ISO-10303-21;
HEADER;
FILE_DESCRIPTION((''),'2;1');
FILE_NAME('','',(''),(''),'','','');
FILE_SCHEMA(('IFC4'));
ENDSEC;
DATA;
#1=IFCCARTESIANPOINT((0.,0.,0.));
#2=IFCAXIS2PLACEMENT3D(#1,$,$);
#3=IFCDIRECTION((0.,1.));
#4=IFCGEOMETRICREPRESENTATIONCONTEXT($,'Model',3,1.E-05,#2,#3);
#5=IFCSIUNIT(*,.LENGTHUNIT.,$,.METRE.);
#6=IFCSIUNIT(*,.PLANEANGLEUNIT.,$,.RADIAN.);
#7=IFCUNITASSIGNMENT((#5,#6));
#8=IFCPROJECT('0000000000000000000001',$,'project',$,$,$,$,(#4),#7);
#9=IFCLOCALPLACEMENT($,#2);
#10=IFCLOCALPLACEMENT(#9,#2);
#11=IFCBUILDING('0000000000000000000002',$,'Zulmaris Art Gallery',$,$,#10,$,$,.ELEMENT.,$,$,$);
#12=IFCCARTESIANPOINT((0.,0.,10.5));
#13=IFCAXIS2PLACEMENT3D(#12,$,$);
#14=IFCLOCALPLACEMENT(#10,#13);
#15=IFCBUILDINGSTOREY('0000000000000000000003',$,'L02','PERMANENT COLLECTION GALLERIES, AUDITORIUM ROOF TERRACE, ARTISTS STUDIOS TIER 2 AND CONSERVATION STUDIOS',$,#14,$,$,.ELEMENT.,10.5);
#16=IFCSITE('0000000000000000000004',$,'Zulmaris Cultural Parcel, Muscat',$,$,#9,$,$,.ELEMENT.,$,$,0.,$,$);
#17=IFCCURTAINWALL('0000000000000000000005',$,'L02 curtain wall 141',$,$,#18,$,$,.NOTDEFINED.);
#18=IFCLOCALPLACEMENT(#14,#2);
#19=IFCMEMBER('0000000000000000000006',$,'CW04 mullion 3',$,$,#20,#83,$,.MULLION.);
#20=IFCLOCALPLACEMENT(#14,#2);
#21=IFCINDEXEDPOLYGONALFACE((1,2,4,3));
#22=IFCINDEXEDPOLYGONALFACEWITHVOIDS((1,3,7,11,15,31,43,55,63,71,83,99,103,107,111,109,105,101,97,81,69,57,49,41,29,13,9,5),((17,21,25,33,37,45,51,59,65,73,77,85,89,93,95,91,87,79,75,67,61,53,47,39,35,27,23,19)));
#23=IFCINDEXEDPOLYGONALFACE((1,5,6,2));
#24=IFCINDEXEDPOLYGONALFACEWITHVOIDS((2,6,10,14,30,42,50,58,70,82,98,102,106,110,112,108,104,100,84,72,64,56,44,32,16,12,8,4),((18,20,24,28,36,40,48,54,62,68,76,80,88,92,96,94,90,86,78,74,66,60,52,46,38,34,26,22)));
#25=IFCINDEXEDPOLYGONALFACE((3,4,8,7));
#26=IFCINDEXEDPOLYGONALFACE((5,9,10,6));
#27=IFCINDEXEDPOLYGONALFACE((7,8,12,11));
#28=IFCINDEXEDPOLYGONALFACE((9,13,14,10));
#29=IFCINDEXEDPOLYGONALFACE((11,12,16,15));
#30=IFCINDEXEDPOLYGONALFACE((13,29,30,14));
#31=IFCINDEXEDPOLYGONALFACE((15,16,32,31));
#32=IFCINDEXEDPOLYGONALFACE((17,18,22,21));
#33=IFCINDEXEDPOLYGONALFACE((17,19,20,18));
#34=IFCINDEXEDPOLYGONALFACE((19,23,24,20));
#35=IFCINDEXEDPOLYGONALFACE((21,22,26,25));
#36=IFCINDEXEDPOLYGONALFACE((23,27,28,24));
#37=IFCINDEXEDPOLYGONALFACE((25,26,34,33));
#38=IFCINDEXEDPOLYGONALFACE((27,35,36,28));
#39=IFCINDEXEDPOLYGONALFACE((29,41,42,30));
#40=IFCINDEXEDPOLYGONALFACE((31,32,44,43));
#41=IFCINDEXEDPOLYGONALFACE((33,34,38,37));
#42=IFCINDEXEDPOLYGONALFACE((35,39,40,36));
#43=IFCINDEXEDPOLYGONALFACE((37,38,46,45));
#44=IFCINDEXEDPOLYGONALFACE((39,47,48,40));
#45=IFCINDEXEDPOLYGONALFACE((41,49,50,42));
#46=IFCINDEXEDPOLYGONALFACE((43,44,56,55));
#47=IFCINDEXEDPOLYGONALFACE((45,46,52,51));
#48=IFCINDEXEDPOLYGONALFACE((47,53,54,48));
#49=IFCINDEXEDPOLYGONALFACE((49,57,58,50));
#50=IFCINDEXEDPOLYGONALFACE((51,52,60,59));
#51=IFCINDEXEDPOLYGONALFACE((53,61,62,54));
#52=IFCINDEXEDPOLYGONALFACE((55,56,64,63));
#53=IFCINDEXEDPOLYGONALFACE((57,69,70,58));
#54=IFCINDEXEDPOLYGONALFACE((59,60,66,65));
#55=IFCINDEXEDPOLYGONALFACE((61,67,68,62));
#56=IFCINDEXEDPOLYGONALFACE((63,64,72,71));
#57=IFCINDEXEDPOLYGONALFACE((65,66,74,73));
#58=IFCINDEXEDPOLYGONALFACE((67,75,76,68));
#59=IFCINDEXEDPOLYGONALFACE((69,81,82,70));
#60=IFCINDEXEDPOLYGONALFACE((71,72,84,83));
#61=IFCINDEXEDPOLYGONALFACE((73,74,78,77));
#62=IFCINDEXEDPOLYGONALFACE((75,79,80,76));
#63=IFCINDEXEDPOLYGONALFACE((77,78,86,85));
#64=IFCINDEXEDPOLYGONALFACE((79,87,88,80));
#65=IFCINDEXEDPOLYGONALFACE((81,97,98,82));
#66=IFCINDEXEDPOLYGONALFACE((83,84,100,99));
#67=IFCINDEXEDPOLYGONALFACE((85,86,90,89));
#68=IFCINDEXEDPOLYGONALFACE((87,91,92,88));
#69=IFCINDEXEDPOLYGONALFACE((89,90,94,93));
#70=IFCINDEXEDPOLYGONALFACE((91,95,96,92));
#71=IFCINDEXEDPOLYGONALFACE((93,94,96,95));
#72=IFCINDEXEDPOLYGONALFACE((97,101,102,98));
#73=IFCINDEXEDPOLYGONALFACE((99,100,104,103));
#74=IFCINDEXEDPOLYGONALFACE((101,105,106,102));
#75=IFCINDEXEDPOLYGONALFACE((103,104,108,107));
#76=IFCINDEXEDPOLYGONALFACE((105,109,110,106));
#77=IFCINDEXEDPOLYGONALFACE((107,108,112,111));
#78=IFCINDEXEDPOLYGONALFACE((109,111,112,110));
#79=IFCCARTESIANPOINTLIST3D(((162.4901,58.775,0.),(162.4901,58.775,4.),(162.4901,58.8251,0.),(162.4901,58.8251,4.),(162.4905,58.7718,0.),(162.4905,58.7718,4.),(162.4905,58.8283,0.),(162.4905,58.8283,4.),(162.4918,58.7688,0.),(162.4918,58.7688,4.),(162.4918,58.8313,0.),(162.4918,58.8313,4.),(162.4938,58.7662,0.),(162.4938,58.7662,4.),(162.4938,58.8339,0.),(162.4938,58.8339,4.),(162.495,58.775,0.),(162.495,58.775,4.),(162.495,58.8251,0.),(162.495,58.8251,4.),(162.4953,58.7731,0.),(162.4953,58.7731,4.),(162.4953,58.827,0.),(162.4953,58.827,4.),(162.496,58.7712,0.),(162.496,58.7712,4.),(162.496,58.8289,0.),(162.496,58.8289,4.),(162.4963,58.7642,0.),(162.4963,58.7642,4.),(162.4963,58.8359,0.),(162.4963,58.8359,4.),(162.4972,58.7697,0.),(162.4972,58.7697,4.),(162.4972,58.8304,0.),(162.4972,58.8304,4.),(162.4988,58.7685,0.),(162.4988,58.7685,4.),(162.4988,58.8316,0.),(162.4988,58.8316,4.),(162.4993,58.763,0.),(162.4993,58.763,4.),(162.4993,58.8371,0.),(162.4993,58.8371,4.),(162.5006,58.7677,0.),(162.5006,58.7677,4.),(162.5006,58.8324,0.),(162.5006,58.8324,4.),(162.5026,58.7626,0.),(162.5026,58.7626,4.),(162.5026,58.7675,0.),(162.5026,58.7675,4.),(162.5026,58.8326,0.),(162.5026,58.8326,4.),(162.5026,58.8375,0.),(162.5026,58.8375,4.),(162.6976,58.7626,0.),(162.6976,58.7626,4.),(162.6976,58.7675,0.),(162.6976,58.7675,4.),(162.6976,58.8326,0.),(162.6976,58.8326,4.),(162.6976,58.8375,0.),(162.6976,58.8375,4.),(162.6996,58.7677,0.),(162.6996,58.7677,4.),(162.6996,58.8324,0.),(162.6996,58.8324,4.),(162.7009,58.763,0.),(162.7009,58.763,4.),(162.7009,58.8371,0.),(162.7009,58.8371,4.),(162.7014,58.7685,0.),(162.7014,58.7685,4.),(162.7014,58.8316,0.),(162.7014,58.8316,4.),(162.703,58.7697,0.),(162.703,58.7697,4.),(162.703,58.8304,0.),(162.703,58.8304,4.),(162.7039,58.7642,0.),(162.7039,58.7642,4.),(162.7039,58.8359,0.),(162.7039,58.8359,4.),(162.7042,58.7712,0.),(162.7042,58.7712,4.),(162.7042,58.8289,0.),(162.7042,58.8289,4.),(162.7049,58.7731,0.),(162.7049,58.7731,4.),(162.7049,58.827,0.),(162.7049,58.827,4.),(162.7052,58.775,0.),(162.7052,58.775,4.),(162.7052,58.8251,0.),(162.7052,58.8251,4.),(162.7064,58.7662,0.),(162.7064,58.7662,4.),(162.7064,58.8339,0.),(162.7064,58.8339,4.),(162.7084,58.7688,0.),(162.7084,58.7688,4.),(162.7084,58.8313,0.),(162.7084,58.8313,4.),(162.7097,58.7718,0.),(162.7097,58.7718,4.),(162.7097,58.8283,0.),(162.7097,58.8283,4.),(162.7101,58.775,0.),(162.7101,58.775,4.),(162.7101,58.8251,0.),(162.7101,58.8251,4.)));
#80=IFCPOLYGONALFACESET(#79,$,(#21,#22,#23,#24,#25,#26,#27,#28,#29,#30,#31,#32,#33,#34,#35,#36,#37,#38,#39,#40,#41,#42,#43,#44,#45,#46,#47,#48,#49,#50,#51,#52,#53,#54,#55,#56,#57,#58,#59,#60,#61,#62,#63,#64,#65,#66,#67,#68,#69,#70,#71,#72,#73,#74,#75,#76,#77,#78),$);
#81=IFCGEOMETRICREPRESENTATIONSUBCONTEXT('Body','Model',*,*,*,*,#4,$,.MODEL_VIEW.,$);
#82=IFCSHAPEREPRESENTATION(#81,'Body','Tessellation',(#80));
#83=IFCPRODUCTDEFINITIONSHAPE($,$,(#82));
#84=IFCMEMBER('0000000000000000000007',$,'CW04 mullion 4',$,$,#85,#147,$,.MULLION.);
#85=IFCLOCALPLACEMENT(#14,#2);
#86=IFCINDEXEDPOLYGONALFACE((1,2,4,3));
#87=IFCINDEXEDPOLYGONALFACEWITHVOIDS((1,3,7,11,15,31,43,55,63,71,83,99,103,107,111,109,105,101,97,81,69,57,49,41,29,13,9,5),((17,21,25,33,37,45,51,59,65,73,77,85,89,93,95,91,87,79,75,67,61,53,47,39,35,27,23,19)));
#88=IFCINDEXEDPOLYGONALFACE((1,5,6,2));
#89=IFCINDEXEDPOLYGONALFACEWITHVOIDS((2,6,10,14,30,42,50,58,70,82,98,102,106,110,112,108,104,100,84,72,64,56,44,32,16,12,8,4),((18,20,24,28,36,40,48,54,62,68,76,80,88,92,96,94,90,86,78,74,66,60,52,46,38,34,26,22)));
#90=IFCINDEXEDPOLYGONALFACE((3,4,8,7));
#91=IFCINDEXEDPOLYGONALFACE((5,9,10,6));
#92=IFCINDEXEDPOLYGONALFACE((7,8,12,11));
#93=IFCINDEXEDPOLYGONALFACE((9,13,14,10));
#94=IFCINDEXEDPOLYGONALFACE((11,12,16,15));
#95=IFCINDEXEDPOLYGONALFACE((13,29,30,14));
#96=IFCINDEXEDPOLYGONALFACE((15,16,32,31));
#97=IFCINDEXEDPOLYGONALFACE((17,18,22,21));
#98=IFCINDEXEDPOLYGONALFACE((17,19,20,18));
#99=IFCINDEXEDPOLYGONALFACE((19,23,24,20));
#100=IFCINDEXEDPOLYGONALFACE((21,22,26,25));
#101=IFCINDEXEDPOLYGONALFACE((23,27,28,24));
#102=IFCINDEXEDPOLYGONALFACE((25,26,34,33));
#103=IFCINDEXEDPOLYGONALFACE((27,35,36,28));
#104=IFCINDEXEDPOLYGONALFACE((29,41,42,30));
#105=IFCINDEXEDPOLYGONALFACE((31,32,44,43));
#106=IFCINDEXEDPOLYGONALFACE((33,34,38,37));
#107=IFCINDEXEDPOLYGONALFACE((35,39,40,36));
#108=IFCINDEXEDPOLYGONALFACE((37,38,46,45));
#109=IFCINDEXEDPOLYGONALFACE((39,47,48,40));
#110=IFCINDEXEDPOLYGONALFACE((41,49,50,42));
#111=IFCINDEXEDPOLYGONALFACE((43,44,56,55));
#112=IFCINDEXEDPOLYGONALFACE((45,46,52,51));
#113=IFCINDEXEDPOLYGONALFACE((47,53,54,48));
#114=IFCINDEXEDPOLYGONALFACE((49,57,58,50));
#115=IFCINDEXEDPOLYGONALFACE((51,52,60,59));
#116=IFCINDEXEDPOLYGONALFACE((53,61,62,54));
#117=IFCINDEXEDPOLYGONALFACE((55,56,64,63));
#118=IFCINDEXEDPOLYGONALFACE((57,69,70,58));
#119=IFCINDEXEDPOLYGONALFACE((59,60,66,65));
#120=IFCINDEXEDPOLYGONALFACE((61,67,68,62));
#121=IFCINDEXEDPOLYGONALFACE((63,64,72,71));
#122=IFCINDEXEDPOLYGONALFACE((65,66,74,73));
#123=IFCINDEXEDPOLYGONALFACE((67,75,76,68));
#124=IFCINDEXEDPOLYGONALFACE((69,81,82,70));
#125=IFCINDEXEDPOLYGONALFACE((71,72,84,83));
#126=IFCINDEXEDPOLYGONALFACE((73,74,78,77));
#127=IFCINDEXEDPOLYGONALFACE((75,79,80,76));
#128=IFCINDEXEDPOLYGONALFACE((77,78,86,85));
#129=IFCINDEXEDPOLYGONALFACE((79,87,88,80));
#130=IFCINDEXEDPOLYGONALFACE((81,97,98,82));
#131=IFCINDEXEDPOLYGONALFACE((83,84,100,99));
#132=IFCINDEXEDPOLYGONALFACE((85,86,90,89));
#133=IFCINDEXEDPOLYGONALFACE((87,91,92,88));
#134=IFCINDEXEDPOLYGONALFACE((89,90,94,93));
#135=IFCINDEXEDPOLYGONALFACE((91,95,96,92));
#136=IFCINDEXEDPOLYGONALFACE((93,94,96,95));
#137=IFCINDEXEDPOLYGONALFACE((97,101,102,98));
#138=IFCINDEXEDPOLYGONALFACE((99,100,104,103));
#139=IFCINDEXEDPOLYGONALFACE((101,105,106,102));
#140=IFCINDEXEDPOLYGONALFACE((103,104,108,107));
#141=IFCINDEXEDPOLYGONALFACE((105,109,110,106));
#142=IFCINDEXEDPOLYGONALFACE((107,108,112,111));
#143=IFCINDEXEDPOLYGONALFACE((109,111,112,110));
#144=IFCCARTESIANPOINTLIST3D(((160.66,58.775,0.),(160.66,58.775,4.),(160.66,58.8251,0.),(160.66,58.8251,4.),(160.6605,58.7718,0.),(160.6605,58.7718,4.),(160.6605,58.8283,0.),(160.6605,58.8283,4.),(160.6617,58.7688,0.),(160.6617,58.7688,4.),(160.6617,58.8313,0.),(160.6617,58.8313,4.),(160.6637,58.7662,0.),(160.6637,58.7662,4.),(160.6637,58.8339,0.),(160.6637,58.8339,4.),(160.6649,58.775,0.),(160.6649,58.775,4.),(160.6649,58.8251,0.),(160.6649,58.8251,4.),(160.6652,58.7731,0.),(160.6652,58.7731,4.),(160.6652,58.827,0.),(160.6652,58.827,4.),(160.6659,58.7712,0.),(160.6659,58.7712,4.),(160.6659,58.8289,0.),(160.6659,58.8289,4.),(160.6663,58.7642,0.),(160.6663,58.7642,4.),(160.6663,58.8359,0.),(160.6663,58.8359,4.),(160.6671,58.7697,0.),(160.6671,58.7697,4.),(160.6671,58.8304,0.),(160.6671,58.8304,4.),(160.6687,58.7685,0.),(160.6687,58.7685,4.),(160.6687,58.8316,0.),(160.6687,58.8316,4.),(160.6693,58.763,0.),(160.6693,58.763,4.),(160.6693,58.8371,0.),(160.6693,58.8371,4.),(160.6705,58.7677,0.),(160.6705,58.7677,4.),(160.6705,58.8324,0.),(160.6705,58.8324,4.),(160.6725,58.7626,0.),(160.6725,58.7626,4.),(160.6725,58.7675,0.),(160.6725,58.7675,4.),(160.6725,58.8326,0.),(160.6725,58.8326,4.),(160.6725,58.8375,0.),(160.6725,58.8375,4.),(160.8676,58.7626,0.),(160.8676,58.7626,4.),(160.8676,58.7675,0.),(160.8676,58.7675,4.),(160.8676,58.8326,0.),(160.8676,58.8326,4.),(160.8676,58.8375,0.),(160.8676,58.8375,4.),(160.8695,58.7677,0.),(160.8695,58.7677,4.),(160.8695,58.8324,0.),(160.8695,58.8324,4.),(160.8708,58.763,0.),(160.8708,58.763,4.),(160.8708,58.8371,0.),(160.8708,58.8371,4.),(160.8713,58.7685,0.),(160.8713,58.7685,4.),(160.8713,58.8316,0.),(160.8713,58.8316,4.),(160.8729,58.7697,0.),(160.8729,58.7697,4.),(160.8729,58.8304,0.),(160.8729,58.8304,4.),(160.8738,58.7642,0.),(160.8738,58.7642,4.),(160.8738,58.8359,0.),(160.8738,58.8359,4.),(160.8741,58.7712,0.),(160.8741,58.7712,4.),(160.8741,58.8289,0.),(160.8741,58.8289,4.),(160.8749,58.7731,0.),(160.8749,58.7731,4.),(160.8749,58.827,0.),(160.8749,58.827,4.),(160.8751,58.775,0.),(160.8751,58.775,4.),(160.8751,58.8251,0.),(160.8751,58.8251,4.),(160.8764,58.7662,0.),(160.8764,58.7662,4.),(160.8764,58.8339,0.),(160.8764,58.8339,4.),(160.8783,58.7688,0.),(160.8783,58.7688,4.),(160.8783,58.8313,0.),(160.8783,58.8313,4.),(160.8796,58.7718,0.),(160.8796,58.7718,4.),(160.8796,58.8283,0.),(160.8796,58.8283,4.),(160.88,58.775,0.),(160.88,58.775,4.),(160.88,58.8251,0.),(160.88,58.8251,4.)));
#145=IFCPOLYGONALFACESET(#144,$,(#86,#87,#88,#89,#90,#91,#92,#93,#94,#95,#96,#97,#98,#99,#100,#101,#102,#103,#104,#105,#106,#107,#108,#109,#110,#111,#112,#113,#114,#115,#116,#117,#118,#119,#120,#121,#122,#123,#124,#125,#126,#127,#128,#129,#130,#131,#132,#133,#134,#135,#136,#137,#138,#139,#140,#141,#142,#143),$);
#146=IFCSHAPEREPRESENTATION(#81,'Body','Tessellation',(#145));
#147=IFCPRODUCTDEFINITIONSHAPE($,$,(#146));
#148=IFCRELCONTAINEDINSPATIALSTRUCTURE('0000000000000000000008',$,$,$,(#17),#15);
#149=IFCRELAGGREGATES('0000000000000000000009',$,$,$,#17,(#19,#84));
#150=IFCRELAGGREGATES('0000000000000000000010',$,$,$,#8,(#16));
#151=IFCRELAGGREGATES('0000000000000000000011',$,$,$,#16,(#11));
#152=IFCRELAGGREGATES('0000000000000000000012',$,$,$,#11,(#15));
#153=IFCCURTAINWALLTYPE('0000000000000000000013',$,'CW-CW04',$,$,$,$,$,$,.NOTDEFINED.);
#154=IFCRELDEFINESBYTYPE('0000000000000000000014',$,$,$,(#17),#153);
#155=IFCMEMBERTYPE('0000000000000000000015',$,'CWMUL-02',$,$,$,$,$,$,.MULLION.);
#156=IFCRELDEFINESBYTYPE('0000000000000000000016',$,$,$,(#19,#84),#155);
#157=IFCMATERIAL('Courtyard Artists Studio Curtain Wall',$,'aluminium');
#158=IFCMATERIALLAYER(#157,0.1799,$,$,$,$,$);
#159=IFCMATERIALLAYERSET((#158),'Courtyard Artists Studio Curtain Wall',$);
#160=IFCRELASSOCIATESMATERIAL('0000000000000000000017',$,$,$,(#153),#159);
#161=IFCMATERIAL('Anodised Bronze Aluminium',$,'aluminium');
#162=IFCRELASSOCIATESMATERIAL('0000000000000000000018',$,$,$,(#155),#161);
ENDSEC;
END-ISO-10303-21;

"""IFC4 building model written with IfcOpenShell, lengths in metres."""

from ifc_helpers import new_model, si_unit, direction, frame, origin, origin_2d, place, context, subcontext, project, spatial, hollow_rectangle, extrude, material, layer, layer_set, material_profile, profile_set, type_object, element, aggregate, save


model = new_model("IFC4")

# Units and contexts
model_context = context("Model", 3, precision=1e-05, world=origin(), true_north=direction((0.0, 1.0)))
body_context = subcontext(model_context, "Body", "Model", "MODEL_VIEW")
ifc_project = project(units=[si_unit("LENGTHUNIT", "METRE"), si_unit("PLANEANGLEUNIT", "RADIAN")], contexts=[model_context])

# Site, building, storey
site_placement = place(None, origin())
site = spatial("IfcSite", under=ifc_project, at=site_placement, Name="Zulmaris Cultural Parcel, Muscat", CompositionType="ELEMENT", RefElevation=0.0)
building_placement = place(site_placement, origin())
building = spatial("IfcBuilding", under=site, at=building_placement, Name="Zulmaris Art Gallery", CompositionType="ELEMENT")
storey_placement = place(building_placement, frame((0.0, 0.0, 10.5)))
storey = spatial("IfcBuildingStorey", under=building, at=storey_placement, Name="L02", Description="PERMANENT COLLECTION GALLERIES, AUDITORIUM ROOF TERRACE, ARTISTS STUDIOS TIER 2 AND CONSERVATION STUDIOS", CompositionType="ELEMENT", Elevation=10.5)

# Shared definitions
ifc_material_1 = material(Name="Courtyard Artists Studio Curtain Wall", Category="aluminium")
ifc_layer_1 = layer(ifc_material_1, 0.1799)
ifc_layer_set_1 = layer_set([ifc_layer_1], Name="Courtyard Artists Studio Curtain Wall")
curtain_wall_type = type_object("IfcCurtainWallType", Name="CW-CW04", PredefinedType="NOTDEFINED", material=ifc_layer_set_1)
ifc_material_2 = material(Name="Anodised Bronze Aluminium", Category="aluminium")
ifc_material_profile_1 = material_profile(ifc_material_2, hollow_rectangle(XDim=0.075, YDim=0.22, WallThickness=0.0049, InnerFilletRadius=0.0076, OuterFilletRadius=0.0125, at=origin_2d()), Name="ALU 75x220x5")
ifc_profile_set_1 = profile_set([ifc_material_profile_1], Name="Anodised Bronze Aluminium")
member_type_1 = type_object("IfcMemberType", Name="CWMUL-02", PredefinedType="MULLION", material=ifc_profile_set_1)

# Curtain wall, members
curtain_wall_1_placement = place(storey_placement, origin())
curtain_wall_1 = element("IfcCurtainWall", 1, at=curtain_wall_1_placement, inside=storey, type_object=curtain_wall_type, Name="L02 curtain wall 141", PredefinedType="NOTDEFINED")
member_1_placement = place(storey_placement, frame((162.6001, 58.8, 0.0), z_axis=(0.0, 0.0, 1.0), x_axis=(0.0, -1.0, 0.0)))
member_1 = element("IfcMember", 2, at=member_1_placement, type_object=member_type_1, Name="CW04 mullion 3", PredefinedType="MULLION", context=body_context, shape_type="SweptSolid", body=[
    extrude(hollow_rectangle(XDim=0.075, YDim=0.22, WallThickness=0.0049, InnerFilletRadius=0.0076, OuterFilletRadius=0.0125, at=origin_2d()), origin(), (0.0, 0.0, 1.0), 4.0),
])
member_2_placement = place(storey_placement, frame((160.77, 58.8, 0.0), z_axis=(0.0, 0.0, 1.0), x_axis=(0.0, -1.0, 0.0)))
member_2 = element("IfcMember", 3, at=member_2_placement, type_object=member_type_1, Name="CW04 mullion 4", PredefinedType="MULLION", context=body_context, shape_type="SweptSolid", body=[
    extrude(hollow_rectangle(XDim=0.075, YDim=0.22, WallThickness=0.0049, InnerFilletRadius=0.0076, OuterFilletRadius=0.0125, at=origin_2d()), origin(), (0.0, 0.0, 1.0), 4.0),
])

aggregate(curtain_wall_1, [member_1, member_2])

save(model, "model.ifc")
